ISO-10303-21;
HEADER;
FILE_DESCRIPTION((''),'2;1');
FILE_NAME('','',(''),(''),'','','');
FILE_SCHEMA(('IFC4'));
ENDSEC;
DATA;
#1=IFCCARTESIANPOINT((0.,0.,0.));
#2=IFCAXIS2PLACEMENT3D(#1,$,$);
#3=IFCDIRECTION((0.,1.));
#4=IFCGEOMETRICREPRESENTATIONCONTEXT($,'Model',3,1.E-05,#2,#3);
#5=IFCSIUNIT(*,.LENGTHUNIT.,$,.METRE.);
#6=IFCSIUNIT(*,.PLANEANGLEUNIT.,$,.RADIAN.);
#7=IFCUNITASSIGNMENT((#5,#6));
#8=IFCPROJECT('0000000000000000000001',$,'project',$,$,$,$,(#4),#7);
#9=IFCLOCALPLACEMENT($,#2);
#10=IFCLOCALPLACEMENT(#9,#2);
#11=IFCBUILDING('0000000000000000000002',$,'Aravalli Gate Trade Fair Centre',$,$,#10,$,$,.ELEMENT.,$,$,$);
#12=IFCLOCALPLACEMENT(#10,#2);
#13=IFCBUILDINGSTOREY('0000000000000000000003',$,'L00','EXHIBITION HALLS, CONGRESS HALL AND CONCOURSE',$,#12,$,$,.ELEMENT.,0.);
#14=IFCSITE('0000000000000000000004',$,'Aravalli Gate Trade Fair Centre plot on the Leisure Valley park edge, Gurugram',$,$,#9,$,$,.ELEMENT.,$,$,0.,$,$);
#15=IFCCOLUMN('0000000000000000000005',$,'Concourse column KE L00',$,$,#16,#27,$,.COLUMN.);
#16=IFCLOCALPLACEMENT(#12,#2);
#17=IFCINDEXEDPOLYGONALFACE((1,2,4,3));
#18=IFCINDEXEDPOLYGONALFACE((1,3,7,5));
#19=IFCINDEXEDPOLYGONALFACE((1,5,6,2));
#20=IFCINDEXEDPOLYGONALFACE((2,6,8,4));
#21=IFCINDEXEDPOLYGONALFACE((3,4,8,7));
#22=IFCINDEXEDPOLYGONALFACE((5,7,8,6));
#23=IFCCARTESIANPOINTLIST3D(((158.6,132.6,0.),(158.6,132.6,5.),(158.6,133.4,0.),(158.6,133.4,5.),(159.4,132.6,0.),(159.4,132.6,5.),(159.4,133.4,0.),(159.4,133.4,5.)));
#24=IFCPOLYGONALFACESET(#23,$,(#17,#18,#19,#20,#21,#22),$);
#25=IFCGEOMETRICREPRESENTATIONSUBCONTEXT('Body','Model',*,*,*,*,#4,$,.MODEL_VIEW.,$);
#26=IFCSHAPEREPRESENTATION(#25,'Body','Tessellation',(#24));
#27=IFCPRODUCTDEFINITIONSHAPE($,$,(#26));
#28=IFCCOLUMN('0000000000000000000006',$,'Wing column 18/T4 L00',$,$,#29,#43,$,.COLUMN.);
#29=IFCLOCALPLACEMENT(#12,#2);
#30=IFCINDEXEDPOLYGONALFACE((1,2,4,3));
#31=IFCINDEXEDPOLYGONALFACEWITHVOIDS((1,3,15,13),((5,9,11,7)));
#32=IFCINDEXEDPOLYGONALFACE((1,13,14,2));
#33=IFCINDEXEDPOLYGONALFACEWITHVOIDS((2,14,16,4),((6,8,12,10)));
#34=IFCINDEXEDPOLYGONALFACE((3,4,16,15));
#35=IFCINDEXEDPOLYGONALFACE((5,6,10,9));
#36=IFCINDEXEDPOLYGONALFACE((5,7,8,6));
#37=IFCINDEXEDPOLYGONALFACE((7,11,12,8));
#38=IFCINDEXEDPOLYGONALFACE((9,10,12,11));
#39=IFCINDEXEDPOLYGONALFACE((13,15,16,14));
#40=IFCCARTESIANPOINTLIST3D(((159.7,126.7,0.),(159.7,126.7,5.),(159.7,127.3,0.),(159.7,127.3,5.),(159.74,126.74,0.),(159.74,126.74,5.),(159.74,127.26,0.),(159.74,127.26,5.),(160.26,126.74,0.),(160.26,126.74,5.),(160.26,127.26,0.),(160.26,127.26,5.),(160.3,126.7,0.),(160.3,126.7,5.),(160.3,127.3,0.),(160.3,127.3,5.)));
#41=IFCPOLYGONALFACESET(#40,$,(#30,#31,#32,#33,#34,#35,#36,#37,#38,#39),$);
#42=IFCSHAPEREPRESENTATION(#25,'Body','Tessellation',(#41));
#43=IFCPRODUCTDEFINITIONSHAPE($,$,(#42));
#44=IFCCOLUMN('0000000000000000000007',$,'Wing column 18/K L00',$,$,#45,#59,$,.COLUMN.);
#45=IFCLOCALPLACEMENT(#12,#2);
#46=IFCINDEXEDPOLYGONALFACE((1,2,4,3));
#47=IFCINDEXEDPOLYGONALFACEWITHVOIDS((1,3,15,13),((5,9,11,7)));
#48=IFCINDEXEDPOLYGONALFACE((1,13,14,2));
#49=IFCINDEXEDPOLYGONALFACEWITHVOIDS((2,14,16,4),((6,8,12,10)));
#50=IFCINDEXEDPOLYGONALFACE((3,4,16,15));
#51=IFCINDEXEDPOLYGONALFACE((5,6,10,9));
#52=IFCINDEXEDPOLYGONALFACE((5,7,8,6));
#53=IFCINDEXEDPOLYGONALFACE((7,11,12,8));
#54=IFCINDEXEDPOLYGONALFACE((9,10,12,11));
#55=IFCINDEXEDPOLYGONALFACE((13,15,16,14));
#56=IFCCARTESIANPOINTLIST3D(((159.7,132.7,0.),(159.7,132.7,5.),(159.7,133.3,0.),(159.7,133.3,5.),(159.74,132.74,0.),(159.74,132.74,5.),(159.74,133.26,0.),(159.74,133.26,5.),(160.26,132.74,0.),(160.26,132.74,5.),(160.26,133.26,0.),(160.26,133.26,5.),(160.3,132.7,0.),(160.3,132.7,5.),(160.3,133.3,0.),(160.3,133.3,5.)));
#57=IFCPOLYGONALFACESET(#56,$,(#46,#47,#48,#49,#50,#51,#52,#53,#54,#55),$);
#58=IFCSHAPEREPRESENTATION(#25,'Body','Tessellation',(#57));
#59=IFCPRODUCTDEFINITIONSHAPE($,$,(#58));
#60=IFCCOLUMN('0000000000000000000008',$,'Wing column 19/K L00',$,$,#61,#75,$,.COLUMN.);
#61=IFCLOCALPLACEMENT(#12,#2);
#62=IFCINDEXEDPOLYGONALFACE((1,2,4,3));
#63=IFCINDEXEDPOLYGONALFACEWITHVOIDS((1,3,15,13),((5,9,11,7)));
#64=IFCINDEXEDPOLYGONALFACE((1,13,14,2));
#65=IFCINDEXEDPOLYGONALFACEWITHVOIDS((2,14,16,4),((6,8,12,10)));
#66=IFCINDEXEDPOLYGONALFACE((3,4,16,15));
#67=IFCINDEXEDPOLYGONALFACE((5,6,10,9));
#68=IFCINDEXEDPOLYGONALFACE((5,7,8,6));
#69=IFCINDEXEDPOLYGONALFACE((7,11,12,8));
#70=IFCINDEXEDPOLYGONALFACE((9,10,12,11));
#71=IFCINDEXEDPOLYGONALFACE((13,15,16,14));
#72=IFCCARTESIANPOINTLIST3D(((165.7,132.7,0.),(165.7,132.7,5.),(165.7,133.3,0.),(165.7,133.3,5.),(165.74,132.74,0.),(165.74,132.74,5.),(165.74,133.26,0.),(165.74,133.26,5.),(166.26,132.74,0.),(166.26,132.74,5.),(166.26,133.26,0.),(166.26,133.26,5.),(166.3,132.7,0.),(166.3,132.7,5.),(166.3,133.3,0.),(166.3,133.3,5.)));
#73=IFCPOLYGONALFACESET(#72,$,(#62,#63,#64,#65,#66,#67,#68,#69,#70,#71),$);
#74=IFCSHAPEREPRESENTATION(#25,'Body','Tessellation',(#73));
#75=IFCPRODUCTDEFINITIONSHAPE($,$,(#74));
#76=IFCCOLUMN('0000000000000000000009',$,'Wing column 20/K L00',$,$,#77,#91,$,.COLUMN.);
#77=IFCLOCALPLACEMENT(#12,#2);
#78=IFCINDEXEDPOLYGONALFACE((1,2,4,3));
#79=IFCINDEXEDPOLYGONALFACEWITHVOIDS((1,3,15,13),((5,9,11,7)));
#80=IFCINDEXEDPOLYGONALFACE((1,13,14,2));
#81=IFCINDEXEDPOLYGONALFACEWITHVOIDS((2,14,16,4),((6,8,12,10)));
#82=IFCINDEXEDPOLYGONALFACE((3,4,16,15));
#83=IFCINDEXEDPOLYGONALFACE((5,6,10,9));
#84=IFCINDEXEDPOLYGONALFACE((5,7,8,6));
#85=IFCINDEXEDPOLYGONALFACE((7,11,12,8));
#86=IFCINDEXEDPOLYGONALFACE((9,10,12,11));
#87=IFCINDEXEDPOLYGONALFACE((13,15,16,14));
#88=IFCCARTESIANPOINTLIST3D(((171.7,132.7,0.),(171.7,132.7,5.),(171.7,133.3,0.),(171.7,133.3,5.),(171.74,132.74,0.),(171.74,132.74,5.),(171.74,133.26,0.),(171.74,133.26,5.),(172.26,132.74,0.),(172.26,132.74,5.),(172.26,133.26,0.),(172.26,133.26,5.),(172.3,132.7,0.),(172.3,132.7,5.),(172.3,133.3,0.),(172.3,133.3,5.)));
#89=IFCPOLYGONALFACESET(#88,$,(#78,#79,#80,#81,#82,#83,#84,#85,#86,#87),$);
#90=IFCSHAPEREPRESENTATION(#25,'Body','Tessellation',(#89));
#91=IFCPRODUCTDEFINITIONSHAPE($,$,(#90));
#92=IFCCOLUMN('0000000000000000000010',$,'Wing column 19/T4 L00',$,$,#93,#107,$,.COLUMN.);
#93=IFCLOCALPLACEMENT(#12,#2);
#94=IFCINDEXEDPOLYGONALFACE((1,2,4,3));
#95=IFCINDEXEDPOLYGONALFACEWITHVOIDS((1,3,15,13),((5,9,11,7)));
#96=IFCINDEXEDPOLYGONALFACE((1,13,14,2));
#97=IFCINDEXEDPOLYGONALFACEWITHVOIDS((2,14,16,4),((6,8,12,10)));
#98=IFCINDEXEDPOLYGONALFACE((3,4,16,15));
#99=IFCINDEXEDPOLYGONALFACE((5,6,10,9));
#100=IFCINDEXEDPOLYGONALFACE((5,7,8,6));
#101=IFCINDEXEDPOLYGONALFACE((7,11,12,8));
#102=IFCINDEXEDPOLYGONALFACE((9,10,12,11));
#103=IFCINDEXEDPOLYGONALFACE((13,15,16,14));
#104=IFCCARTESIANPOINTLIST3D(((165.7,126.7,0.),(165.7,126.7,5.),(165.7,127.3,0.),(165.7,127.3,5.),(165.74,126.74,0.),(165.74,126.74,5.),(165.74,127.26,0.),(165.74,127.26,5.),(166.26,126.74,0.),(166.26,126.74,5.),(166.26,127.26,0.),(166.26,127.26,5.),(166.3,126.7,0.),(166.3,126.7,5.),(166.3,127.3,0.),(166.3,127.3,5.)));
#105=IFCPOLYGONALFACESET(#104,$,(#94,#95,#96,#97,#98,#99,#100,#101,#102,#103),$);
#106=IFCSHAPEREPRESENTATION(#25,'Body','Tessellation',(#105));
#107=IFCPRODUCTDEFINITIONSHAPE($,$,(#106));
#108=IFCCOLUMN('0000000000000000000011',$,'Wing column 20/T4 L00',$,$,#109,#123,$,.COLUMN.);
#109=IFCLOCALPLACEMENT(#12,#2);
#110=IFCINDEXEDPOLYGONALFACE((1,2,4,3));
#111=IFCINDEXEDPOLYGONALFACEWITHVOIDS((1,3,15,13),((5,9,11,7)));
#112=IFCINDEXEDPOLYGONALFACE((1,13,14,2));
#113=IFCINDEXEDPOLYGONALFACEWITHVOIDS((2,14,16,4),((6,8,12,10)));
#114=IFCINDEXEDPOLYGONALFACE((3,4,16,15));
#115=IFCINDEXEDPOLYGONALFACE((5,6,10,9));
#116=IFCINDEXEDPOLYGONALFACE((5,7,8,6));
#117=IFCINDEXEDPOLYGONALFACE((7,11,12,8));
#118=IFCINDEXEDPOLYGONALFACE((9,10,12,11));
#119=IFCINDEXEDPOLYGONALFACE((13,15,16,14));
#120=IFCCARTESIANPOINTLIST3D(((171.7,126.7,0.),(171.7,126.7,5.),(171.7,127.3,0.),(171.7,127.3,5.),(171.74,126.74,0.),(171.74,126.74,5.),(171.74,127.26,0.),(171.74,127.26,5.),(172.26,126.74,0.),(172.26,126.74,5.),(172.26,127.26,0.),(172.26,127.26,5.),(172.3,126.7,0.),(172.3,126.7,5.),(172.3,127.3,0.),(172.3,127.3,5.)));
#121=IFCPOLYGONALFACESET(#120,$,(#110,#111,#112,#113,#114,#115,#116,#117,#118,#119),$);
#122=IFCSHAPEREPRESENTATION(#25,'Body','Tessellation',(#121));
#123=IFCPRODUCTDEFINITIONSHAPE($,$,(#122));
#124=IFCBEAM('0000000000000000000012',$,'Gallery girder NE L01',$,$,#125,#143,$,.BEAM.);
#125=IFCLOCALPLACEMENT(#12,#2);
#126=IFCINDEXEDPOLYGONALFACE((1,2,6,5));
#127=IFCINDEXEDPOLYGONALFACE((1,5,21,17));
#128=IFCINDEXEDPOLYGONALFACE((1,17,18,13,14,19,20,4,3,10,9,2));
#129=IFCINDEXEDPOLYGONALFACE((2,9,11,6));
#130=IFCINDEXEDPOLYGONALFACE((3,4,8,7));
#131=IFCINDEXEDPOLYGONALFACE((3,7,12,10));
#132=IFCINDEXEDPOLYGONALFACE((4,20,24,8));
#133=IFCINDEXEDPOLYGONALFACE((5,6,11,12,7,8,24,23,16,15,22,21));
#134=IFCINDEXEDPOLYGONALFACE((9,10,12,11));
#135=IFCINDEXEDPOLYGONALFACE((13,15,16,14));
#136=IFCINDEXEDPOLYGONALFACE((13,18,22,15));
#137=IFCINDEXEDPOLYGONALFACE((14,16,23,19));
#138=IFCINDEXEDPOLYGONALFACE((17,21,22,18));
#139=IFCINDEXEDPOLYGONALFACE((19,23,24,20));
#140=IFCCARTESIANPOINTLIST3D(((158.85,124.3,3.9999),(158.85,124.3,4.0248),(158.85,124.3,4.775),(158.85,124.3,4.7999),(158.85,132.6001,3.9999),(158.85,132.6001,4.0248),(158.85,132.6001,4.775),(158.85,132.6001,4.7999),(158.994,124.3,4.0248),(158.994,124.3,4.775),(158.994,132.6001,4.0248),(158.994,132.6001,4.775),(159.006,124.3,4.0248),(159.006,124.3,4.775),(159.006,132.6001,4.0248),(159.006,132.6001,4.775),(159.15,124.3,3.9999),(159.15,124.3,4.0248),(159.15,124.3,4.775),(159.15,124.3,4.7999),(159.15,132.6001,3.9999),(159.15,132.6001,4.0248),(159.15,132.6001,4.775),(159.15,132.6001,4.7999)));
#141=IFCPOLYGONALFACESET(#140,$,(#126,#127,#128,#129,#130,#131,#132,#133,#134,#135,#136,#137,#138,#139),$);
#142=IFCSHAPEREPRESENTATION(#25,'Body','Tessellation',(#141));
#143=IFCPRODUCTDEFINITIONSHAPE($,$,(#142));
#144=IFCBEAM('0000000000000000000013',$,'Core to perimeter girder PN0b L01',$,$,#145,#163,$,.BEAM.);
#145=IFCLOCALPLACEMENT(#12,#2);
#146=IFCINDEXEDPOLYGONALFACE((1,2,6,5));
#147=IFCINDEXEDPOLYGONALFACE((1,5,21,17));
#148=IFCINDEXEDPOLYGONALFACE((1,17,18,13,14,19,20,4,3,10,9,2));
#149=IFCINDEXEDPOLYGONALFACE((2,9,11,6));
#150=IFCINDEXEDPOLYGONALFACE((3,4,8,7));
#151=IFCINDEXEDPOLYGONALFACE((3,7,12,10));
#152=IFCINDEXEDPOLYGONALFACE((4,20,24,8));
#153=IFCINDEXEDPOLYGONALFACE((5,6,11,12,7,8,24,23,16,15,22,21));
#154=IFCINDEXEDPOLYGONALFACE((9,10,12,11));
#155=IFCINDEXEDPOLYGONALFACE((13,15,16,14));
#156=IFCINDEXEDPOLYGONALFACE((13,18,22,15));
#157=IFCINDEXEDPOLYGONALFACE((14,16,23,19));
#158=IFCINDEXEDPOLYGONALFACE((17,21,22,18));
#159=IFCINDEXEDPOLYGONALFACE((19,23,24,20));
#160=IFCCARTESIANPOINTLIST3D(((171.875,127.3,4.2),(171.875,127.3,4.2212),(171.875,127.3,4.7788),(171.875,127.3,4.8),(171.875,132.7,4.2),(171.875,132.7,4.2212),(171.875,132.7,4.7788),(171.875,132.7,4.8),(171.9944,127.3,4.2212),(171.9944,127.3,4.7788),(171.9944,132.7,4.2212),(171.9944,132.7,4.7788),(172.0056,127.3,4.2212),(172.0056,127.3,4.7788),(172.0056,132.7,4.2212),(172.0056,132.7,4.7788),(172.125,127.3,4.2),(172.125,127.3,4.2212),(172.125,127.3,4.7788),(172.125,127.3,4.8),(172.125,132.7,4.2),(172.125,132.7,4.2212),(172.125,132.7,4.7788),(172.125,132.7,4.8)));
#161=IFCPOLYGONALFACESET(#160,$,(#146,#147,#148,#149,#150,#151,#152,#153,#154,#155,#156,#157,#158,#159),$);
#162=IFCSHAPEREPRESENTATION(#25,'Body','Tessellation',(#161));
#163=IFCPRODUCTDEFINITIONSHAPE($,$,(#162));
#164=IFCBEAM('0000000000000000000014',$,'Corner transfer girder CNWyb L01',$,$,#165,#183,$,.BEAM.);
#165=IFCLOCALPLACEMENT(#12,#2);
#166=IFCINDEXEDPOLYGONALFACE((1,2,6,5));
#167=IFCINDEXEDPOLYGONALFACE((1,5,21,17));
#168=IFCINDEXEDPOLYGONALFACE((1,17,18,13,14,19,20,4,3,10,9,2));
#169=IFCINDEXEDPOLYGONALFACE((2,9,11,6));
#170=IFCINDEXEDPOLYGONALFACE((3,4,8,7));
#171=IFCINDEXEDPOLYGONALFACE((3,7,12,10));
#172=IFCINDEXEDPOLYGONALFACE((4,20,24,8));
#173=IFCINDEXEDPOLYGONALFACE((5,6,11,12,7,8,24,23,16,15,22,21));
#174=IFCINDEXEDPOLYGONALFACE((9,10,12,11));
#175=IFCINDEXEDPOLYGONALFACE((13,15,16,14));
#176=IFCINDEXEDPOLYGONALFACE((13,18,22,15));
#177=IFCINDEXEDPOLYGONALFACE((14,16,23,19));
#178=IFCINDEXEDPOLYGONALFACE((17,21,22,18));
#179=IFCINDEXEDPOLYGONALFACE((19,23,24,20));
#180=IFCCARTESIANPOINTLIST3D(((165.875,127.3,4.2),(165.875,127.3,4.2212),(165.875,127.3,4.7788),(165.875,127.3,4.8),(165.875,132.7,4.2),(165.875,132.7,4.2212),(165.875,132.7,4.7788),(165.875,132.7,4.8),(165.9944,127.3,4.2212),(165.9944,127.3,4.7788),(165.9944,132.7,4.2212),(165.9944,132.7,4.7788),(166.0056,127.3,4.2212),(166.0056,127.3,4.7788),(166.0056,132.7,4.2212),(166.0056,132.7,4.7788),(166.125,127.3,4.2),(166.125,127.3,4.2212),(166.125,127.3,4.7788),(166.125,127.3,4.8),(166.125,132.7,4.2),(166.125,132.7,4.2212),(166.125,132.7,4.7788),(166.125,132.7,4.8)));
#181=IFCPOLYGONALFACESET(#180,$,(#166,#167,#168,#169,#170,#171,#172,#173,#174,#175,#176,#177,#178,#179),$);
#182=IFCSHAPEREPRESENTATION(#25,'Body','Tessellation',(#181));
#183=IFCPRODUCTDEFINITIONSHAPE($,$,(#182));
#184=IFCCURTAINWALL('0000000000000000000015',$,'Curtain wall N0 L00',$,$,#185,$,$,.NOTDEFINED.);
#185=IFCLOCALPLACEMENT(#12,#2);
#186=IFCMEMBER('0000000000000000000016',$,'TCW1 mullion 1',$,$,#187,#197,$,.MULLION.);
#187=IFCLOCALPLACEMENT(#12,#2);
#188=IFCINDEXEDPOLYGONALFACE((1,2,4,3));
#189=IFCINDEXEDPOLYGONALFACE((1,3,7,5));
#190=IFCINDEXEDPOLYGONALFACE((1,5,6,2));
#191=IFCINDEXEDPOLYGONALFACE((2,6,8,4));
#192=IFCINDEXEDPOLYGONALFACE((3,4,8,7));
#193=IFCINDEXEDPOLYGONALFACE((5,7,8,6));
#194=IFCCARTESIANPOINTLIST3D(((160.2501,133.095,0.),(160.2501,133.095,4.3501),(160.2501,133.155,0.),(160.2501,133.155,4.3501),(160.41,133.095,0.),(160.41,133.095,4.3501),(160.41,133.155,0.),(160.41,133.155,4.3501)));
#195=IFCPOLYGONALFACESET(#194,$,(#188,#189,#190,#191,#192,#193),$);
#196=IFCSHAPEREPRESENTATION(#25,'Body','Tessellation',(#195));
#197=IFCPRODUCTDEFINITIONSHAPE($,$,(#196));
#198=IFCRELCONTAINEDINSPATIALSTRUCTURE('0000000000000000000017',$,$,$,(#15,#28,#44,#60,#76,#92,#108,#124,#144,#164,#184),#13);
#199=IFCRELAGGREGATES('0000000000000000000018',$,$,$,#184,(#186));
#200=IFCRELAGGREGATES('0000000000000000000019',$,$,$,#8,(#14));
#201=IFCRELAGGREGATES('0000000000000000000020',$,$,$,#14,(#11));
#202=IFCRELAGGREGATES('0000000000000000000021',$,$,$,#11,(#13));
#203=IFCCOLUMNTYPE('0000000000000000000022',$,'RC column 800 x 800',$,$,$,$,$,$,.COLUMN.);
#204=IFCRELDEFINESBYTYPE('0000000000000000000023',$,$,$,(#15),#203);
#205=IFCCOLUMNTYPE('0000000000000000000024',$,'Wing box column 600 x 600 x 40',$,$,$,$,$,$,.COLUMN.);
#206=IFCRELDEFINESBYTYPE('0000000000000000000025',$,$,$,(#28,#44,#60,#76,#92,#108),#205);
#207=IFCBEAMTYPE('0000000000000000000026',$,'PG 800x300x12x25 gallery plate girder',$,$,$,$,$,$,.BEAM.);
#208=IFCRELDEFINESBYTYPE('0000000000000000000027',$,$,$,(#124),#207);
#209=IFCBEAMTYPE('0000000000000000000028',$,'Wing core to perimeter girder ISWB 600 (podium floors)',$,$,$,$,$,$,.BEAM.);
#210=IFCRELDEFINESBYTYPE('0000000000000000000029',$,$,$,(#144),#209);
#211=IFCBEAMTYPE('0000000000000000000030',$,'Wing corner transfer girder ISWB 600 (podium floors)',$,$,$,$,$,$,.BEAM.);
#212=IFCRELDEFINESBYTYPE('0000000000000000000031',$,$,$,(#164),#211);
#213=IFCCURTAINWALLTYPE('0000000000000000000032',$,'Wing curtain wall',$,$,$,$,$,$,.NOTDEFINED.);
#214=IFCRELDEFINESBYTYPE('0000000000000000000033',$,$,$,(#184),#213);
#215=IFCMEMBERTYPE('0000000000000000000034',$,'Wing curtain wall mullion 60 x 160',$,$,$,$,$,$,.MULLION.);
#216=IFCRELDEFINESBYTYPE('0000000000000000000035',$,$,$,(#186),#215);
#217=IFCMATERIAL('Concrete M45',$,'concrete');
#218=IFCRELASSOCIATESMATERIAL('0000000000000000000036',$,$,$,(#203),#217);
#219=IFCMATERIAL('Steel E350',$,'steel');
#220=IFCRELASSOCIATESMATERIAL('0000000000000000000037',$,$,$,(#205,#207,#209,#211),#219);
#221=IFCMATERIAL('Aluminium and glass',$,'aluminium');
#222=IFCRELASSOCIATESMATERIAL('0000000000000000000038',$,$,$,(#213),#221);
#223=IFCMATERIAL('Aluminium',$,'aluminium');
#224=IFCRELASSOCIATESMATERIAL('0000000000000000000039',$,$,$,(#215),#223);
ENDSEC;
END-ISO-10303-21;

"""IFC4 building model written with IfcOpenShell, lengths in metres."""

from ifc_helpers import new_model, si_unit, direction, frame, origin, origin_2d, place, context, subcontext, project, spatial, rectangle, hollow_rectangle, i_section, extrude, material, material_profile, profile_set, type_object, element, aggregate, save


model = new_model("IFC4")

# Units and contexts
model_context = context("Model", 3, precision=1e-05, world=origin(), true_north=direction((0.0, 1.0)))
body_context = subcontext(model_context, "Body", "Model", "MODEL_VIEW")
ifc_project = project(units=[si_unit("LENGTHUNIT", "METRE"), si_unit("PLANEANGLEUNIT", "RADIAN")], contexts=[model_context])

# Site, building, storey
site_placement = place(None, origin())
site = spatial("IfcSite", under=ifc_project, at=site_placement, Name="Aravalli Gate Trade Fair Centre plot on the Leisure Valley park edge, Gurugram", CompositionType="ELEMENT", RefElevation=0.0)
building_placement = place(site_placement, origin())
building = spatial("IfcBuilding", under=site, at=building_placement, Name="Aravalli Gate Trade Fair Centre", CompositionType="ELEMENT")
storey_placement = place(building_placement, origin())
storey = spatial("IfcBuildingStorey", under=building, at=storey_placement, Name="L00", Description="EXHIBITION HALLS, CONGRESS HALL AND CONCOURSE", CompositionType="ELEMENT", Elevation=0.0)

# Columns
ifc_material_1 = material(Name="Concrete M45", Category="concrete")
ifc_material_profile_1 = material_profile(ifc_material_1, rectangle(XDim=0.8, YDim=0.8, at=origin_2d()), Name="RC column 800 x 800")
ifc_profile_set_1 = profile_set([ifc_material_profile_1], Name="Concrete M45")
column_type_1 = type_object("IfcColumnType", Name="RC column 800 x 800", PredefinedType="COLUMN", material=ifc_profile_set_1)
column_placement = place(storey_placement, frame((159.0, 133.0, 0.0), z_axis=(0.0, 0.0, 1.0), x_axis=(1.0, 0.0, 0.0)))
element("IfcColumn", 1, at=column_placement, inside=storey, type_object=column_type_1, Name="Concourse column KE L00", PredefinedType="COLUMN", context=body_context, shape_type="SweptSolid", body=[
    extrude(rectangle(XDim=0.8, YDim=0.8, at=origin_2d()), origin(), (0.0, 0.0, 1.0), 5.0),
])
ifc_material_2 = material(Name="Steel E350", Category="steel")
ifc_material_profile_2 = material_profile(ifc_material_2, hollow_rectangle(XDim=0.6001, YDim=0.6001, WallThickness=0.04, at=origin_2d()), Name="BOX 600x600x40")
ifc_profile_set_2 = profile_set([ifc_material_profile_2], Name="Steel E350")
column_type_2 = type_object("IfcColumnType", Name="Wing box column 600 x 600 x 40", PredefinedType="COLUMN", material=ifc_profile_set_2)
for number, where, z_axis, x_axis, name in (
    (2, (160.0, 127.0, 0.0), (0.0, 0.0, 1.0), (1.0, 0.0, 0.0), "Wing column 18/T4 L00"),
    (3, (160.0, 133.0, 0.0), (0.0, 0.0, 1.0), (1.0, 0.0, 0.0), "Wing column 18/K L00"),
    (4, (166.0, 133.0, 0.0), (0.0, 0.0, 1.0), (1.0, 0.0, 0.0), "Wing column 19/K L00"),
    (5, (172.0, 133.0, 0.0), (0.0, 0.0, 1.0), (1.0, 0.0, 0.0), "Wing column 20/K L00"),
    (6, (166.0, 127.0, 0.0), (0.0, 0.0, 1.0), (1.0, 0.0, 0.0), "Wing column 19/T4 L00"),
    (7, (172.0, 127.0, 0.0), (0.0, 0.0, 1.0), (1.0, 0.0, 0.0), "Wing column 20/T4 L00"),
):
    element("IfcColumn", number, at=place(storey_placement, frame(where, z_axis=z_axis, x_axis=x_axis)), inside=storey, type_object=column_type_2, Name=name, PredefinedType="COLUMN", context=body_context, shape_type="SweptSolid", body=[
        extrude(hollow_rectangle(XDim=0.6001, YDim=0.6001, WallThickness=0.04, at=origin_2d()), origin(), (0.0, 0.0, 1.0), 5.0),
    ])

# Beams
ifc_material_profile_3 = material_profile(ifc_material_2, i_section(OverallWidth=0.3, OverallDepth=0.8, WebThickness=0.012, FlangeThickness=0.0249, at=origin_2d()), Name="PG 800x300x12x25")
ifc_profile_set_3 = profile_set([ifc_material_profile_3], Name="Steel E350")
beam_type_1 = type_object("IfcBeamType", Name="PG 800x300x12x25 gallery plate girder", PredefinedType="BEAM", material=ifc_profile_set_3)
beam_1_placement = place(storey_placement, frame((159.0, 124.3, 4.3999), z_axis=(0.0, 1.0, 0.0), x_axis=(-1.0, 0.0, 0.0)))
element("IfcBeam", 8, at=beam_1_placement, inside=storey, type_object=beam_type_1, Name="Gallery girder NE L01", PredefinedType="BEAM", context=body_context, shape_type="SweptSolid", body=[
    extrude(i_section(OverallWidth=0.3, OverallDepth=0.8, WebThickness=0.012, FlangeThickness=0.0249, at=origin_2d()), origin(), (0.0, 0.0, 1.0), 8.3),
])
ifc_material_profile_4 = material_profile(ifc_material_2, i_section(OverallWidth=0.25, OverallDepth=0.6001, WebThickness=0.0112, FlangeThickness=0.0212, at=origin_2d()), Name="ISWB 600")
ifc_profile_set_4 = profile_set([ifc_material_profile_4], Name="Steel E350")
beam_type_2 = type_object("IfcBeamType", Name="Wing core to perimeter girder ISWB 600 (podium floors)", PredefinedType="BEAM", material=ifc_profile_set_4)
beam_2_placement = place(storey_placement, frame((172.0, 127.3, 4.5), z_axis=(0.0, 1.0, 0.0), x_axis=(-1.0, 0.0, 0.0)))
element("IfcBeam", 9, at=beam_2_placement, inside=storey, type_object=beam_type_2, Name="Core to perimeter girder PN0b L01", PredefinedType="BEAM", context=body_context, shape_type="SweptSolid", body=[
    extrude(i_section(OverallWidth=0.25, OverallDepth=0.6001, WebThickness=0.0112, FlangeThickness=0.0212, at=origin_2d()), origin(), (0.0, 0.0, 1.0), 5.3999),
])
ifc_material_profile_5 = material_profile(ifc_material_2, i_section(OverallWidth=0.25, OverallDepth=0.6001, WebThickness=0.0112, FlangeThickness=0.0212, at=origin_2d()), Name="ISWB 600")
ifc_profile_set_5 = profile_set([ifc_material_profile_5], Name="Steel E350")
beam_type_3 = type_object("IfcBeamType", Name="Wing corner transfer girder ISWB 600 (podium floors)", PredefinedType="BEAM", material=ifc_profile_set_5)
beam_3_placement = place(storey_placement, frame((166.0, 127.3, 4.5), z_axis=(0.0, 1.0, 0.0), x_axis=(-1.0, 0.0, 0.0)))
element("IfcBeam", 10, at=beam_3_placement, inside=storey, type_object=beam_type_3, Name="Corner transfer girder CNWyb L01", PredefinedType="BEAM", context=body_context, shape_type="SweptSolid", body=[
    extrude(i_section(OverallWidth=0.25, OverallDepth=0.6001, WebThickness=0.0112, FlangeThickness=0.0212, at=origin_2d()), origin(), (0.0, 0.0, 1.0), 5.3999),
])

# Curtain wall, member
ifc_material_3 = material(Name="Aluminium and glass", Category="aluminium")
curtain_wall_type = type_object("IfcCurtainWallType", Name="Wing curtain wall", PredefinedType="NOTDEFINED", material=ifc_material_3)
curtain_wall_placement = place(storey_placement, origin())
curtain_wall = element("IfcCurtainWall", 11, at=curtain_wall_placement, inside=storey, type_object=curtain_wall_type, Name="Curtain wall N0 L00", PredefinedType="NOTDEFINED")
ifc_material_4 = material(Name="Aluminium", Category="aluminium")
ifc_material_profile_6 = material_profile(ifc_material_4, rectangle(XDim=0.0601, YDim=0.1599, at=origin_2d()), Name="Wing curtain wall mullion 60 x 160")
ifc_profile_set_6 = profile_set([ifc_material_profile_6], Name="Aluminium")
member_type = type_object("IfcMemberType", Name="Wing curtain wall mullion 60 x 160", PredefinedType="MULLION", material=ifc_profile_set_6)
member_placement = place(storey_placement, frame((160.3301, 133.125, 0.0), z_axis=(0.0, 0.0, 1.0), x_axis=(0.0, 1.0, 0.0)))
member = element("IfcMember", 12, at=member_placement, type_object=member_type, Name="TCW1 mullion 1", PredefinedType="MULLION", context=body_context, shape_type="SweptSolid", body=[
    extrude(rectangle(XDim=0.0601, YDim=0.1599, at=origin_2d()), origin(), (0.0, 0.0, 1.0), 4.3501),
])
aggregate(curtain_wall, [member])

save(model, "model.ifc")
